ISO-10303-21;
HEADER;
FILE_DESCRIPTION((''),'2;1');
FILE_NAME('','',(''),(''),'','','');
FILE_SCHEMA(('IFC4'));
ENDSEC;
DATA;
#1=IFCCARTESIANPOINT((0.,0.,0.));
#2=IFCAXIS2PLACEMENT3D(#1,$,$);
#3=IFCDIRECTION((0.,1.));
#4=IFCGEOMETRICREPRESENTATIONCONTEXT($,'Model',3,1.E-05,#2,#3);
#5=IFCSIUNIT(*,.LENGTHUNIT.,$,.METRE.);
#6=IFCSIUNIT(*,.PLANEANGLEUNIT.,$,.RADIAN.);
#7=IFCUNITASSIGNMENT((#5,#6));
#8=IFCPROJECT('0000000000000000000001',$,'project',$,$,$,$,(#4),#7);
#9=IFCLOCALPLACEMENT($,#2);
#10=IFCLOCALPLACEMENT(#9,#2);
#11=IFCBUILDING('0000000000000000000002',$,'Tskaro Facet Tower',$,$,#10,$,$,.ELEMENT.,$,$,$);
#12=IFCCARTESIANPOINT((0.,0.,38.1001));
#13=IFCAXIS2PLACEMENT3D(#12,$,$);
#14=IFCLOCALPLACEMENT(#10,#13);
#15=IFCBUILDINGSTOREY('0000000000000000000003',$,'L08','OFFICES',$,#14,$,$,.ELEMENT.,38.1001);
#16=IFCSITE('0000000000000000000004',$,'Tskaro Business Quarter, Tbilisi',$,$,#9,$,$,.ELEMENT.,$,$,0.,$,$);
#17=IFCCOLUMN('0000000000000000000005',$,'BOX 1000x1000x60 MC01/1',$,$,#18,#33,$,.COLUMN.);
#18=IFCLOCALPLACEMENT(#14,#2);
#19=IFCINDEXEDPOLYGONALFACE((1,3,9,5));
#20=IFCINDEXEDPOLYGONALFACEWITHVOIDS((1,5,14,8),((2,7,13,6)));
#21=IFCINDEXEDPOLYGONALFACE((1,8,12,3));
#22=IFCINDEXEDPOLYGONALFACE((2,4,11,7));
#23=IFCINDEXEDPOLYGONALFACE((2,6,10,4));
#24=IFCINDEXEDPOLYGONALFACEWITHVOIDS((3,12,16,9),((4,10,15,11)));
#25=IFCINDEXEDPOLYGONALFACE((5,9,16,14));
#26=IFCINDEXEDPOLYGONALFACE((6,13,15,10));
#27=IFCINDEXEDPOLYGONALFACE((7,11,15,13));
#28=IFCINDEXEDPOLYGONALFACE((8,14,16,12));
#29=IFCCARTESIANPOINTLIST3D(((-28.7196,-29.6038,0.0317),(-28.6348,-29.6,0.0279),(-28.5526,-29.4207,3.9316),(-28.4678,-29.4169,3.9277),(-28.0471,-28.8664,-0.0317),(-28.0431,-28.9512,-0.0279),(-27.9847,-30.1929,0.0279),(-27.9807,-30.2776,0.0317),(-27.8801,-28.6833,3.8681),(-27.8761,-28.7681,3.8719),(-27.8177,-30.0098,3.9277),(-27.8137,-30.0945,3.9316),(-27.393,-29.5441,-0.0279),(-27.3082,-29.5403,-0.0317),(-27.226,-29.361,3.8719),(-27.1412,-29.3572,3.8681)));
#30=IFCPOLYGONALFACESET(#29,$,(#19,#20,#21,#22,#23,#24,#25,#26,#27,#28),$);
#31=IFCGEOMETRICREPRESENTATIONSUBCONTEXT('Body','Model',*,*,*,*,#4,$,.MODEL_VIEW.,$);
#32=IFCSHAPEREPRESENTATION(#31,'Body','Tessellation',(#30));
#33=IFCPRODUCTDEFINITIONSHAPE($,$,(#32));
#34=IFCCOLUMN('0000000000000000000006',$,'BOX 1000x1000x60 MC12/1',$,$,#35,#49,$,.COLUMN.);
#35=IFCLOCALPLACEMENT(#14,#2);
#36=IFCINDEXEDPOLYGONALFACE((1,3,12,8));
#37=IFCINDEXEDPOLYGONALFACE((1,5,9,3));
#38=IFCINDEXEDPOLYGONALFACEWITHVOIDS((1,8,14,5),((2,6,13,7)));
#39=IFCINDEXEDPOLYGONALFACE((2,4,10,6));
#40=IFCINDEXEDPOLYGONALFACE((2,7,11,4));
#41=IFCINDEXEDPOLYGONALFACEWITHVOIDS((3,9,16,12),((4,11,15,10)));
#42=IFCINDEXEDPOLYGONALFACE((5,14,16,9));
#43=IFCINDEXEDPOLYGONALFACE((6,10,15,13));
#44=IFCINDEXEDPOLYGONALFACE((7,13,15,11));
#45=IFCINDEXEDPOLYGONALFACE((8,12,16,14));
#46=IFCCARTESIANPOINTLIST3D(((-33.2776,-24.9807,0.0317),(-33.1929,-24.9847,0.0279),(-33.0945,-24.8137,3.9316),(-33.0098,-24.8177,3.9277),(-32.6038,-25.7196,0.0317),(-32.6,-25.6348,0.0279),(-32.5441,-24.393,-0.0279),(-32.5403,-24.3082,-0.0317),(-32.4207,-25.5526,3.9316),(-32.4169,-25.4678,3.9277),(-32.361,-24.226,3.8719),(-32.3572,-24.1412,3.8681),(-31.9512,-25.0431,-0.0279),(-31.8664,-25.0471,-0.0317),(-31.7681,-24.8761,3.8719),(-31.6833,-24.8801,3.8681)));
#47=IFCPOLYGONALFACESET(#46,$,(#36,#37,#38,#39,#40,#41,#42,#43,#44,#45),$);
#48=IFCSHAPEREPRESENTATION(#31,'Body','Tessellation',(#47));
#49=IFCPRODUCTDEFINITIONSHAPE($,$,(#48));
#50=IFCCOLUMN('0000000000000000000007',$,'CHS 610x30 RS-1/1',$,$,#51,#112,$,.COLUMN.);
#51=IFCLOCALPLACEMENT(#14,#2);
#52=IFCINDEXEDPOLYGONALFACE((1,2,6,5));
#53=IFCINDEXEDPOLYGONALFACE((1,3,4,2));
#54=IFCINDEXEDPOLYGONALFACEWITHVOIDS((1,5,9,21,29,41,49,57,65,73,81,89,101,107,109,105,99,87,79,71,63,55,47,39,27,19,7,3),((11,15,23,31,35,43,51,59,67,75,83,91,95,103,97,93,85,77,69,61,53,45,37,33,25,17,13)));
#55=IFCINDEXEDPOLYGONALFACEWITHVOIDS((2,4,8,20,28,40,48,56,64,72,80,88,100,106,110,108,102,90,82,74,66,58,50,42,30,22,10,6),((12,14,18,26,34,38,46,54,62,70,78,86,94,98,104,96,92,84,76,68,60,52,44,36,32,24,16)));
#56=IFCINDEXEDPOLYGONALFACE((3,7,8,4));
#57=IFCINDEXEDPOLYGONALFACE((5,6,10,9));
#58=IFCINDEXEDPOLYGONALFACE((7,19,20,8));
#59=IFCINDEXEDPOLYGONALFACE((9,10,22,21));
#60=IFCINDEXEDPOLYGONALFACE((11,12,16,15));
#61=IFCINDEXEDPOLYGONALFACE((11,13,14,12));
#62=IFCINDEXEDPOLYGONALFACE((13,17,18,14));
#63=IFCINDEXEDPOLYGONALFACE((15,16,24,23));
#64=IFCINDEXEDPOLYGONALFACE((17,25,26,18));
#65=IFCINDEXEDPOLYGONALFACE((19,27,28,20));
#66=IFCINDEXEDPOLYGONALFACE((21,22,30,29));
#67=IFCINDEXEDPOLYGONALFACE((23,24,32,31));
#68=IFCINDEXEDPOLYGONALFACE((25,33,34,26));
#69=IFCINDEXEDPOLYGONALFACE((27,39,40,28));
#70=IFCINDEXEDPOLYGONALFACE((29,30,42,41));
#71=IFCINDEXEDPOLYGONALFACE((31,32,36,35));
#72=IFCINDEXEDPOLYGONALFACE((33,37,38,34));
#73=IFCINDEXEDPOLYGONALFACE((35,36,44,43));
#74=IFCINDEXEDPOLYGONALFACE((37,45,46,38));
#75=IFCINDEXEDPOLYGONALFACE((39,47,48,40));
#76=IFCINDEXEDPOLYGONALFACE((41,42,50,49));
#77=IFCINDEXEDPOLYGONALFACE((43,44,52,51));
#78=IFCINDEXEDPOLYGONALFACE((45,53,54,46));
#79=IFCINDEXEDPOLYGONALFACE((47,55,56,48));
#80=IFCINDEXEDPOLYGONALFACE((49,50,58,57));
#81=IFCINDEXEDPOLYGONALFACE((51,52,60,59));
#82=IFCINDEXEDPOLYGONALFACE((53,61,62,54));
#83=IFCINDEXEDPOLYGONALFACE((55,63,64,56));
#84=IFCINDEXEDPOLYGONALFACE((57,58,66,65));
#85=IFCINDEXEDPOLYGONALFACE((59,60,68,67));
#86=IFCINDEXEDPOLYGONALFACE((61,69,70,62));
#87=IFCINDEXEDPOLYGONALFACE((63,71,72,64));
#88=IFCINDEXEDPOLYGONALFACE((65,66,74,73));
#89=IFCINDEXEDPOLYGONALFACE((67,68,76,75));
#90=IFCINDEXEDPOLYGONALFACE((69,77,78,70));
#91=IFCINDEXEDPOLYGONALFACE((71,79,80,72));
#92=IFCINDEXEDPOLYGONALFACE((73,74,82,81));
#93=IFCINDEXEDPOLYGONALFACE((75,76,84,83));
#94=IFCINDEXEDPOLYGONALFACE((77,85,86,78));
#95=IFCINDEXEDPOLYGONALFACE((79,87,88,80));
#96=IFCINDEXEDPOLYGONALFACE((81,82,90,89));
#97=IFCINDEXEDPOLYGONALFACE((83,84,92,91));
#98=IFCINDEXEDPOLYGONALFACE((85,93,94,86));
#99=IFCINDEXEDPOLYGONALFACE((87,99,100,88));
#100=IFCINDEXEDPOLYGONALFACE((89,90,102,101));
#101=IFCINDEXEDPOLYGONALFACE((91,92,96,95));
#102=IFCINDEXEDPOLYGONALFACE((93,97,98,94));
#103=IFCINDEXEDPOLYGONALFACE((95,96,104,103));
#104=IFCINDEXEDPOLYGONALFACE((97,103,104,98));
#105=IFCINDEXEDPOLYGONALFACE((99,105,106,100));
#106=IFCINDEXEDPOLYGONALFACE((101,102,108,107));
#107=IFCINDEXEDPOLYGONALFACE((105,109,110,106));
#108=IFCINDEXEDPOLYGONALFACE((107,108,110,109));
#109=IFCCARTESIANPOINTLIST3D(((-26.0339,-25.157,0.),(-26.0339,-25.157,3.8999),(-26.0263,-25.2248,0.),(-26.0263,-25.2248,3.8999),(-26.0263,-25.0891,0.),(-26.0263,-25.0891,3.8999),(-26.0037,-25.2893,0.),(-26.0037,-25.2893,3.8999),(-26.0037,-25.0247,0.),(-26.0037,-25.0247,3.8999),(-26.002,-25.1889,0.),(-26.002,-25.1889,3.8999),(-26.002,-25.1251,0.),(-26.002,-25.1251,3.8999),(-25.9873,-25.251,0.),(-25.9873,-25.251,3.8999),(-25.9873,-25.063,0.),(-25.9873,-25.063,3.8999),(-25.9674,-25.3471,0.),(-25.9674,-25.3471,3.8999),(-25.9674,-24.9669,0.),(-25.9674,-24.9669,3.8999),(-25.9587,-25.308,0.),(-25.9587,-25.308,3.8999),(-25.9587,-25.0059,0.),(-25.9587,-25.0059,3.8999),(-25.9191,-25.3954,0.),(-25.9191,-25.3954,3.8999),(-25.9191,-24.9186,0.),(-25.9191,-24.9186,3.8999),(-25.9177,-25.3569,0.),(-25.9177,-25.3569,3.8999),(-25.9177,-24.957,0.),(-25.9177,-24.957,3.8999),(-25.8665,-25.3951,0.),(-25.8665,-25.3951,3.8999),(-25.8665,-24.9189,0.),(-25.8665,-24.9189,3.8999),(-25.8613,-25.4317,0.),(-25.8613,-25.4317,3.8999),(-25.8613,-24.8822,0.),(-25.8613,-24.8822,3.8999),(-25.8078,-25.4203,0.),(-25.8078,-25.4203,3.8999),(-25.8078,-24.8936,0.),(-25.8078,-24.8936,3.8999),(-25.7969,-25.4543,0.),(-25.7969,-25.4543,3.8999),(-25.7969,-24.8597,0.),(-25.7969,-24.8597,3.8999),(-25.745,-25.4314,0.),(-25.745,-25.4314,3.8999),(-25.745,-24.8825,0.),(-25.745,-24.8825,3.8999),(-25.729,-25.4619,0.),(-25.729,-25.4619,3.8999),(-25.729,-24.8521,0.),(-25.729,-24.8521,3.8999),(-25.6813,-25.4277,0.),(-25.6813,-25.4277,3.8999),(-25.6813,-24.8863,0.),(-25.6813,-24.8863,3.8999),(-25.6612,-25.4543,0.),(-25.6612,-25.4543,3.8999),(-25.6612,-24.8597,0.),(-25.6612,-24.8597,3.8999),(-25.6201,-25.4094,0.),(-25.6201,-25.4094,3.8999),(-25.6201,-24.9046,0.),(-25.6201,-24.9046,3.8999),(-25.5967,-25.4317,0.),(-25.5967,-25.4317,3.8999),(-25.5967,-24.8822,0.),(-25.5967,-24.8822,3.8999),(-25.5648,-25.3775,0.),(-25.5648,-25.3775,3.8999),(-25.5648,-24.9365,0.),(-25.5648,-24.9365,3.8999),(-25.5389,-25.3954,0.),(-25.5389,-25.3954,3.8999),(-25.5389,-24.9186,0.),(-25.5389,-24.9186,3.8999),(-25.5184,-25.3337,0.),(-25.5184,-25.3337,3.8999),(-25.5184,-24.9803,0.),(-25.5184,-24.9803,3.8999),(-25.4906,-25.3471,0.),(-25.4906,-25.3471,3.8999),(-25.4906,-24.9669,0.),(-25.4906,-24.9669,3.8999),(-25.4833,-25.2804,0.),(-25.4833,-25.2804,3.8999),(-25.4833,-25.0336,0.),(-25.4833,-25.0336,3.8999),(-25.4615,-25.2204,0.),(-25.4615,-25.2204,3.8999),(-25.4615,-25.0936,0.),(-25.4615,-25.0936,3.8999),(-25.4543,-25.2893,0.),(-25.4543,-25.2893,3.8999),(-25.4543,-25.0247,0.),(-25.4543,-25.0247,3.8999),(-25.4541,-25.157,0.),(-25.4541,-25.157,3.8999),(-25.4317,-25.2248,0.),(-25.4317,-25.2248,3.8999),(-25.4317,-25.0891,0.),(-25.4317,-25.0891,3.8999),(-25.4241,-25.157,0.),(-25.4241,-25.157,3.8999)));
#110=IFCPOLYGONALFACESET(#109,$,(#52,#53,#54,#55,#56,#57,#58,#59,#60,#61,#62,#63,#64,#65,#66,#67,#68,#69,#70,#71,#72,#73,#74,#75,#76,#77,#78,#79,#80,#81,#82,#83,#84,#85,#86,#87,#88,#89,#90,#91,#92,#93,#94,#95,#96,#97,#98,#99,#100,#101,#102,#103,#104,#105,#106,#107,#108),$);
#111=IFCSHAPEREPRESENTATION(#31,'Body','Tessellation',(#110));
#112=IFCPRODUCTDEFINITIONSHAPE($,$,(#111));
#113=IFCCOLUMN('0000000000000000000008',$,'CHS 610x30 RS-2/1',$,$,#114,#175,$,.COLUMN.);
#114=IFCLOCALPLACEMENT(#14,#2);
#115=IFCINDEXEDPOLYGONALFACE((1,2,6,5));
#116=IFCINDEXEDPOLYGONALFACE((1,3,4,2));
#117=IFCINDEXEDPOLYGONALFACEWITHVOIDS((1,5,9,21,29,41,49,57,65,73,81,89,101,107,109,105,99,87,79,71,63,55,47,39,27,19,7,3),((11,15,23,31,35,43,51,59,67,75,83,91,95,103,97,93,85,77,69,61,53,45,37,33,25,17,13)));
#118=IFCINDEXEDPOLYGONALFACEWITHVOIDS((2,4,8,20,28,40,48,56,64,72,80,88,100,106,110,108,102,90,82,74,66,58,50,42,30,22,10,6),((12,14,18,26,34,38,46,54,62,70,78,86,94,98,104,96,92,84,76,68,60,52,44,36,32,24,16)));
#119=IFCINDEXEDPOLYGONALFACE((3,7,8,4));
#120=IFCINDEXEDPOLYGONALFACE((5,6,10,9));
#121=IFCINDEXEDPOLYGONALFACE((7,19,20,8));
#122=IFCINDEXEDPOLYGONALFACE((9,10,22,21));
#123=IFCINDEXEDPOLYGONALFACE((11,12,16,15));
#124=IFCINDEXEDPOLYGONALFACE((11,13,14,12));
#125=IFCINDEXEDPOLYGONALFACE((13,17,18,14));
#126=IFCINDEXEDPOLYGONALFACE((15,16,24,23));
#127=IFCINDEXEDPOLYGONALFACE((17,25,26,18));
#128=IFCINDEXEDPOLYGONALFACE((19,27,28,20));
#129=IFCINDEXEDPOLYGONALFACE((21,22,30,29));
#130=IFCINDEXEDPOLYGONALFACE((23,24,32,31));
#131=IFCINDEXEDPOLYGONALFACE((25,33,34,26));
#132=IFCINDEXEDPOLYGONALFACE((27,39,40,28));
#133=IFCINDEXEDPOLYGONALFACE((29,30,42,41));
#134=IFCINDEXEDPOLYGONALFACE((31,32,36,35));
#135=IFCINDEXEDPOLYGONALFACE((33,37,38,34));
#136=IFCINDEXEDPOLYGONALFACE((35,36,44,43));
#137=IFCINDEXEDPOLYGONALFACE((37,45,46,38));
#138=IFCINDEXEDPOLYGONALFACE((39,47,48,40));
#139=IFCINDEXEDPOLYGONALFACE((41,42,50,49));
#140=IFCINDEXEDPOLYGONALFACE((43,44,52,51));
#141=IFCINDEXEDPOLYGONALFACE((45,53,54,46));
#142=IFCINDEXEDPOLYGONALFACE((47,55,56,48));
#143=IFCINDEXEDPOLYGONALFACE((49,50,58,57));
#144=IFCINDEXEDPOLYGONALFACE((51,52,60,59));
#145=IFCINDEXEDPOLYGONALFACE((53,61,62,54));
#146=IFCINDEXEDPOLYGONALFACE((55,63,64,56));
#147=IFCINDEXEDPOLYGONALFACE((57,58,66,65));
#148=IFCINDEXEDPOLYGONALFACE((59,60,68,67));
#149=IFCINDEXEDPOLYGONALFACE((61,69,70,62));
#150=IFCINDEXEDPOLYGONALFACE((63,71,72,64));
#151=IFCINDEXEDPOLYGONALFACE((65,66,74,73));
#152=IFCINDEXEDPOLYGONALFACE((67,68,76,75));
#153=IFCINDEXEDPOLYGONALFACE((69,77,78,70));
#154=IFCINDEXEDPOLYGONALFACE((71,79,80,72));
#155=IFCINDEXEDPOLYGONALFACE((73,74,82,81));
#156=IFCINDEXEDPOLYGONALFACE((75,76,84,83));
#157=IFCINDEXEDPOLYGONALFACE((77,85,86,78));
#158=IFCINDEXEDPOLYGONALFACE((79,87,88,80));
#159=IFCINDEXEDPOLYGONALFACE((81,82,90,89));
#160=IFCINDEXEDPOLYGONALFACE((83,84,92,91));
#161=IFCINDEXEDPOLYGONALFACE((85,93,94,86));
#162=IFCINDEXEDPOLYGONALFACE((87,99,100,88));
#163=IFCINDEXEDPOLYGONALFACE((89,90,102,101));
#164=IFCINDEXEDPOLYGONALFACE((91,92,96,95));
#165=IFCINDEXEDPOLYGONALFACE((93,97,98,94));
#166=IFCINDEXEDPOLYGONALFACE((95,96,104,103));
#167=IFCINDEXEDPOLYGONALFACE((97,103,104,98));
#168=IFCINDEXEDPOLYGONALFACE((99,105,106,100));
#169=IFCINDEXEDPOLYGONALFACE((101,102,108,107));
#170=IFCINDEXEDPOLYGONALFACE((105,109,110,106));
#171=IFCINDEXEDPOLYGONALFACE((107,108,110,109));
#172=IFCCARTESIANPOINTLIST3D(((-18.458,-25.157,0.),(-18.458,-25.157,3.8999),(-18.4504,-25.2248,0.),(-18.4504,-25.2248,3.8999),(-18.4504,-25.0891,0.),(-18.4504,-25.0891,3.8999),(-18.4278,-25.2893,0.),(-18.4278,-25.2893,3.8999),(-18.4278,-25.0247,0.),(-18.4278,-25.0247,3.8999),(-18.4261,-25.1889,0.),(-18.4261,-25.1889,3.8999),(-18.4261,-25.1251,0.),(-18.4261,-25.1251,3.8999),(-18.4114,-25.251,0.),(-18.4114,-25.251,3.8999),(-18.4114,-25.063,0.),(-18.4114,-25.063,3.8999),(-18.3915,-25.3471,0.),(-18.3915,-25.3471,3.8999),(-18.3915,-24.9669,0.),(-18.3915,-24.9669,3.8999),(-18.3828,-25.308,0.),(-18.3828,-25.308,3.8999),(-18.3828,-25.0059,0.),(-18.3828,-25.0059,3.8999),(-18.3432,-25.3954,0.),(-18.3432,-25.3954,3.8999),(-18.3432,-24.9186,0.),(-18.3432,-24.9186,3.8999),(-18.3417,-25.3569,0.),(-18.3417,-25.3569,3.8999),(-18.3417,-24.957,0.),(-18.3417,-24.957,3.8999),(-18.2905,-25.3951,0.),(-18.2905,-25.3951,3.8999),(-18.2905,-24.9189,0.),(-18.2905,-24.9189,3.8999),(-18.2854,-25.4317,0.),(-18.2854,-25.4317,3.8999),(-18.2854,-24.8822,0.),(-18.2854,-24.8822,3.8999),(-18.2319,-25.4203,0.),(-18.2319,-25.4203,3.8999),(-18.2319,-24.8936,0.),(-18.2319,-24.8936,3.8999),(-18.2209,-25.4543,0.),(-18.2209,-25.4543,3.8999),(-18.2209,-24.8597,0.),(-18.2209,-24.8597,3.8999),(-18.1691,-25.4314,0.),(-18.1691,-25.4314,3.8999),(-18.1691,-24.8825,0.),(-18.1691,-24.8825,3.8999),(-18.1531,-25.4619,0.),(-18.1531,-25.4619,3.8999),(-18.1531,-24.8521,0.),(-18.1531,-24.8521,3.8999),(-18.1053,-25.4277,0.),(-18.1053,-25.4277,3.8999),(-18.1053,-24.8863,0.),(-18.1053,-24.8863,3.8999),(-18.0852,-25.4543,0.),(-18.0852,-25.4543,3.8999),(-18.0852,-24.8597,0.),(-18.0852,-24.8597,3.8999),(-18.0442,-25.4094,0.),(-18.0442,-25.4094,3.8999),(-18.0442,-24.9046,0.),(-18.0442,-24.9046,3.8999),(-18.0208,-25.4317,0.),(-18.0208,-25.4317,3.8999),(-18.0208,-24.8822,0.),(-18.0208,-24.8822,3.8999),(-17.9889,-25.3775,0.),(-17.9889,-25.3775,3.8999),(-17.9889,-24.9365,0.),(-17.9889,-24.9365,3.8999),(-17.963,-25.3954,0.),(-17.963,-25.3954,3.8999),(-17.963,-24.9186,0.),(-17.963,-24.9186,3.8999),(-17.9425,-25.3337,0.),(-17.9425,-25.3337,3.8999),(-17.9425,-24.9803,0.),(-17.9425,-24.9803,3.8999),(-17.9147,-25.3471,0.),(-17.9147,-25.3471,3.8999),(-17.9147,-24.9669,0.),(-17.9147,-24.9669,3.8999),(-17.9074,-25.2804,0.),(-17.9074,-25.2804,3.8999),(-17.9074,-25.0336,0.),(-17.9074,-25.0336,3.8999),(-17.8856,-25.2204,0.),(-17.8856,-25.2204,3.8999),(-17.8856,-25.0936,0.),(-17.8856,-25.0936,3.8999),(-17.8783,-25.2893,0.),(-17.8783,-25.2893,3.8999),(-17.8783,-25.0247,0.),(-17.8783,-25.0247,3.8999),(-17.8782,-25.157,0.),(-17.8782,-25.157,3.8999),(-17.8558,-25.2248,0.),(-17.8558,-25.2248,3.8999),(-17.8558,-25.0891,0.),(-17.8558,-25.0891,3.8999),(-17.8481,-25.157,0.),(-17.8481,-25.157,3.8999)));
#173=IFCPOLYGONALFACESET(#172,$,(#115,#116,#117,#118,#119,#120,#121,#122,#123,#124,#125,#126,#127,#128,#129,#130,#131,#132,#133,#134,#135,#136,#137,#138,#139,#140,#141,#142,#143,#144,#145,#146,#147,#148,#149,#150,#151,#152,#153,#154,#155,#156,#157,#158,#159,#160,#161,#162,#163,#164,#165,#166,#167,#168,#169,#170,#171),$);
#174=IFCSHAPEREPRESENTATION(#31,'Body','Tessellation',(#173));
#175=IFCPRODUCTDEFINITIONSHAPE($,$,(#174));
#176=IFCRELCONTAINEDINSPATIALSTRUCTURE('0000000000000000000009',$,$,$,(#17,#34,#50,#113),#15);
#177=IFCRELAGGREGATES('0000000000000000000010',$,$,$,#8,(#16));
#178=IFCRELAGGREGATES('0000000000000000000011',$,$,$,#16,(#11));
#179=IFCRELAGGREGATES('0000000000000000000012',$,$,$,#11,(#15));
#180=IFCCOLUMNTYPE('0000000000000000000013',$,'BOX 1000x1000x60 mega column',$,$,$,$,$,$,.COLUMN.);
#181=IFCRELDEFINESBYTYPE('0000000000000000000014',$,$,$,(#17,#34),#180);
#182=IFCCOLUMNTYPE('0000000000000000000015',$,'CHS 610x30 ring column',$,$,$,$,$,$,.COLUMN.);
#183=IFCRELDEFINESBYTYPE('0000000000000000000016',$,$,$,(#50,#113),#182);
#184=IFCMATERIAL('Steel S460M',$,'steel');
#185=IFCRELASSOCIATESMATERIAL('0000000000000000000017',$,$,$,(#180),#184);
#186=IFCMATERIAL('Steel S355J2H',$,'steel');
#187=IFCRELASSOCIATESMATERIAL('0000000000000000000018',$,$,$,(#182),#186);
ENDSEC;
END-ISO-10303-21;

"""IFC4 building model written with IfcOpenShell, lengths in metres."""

from ifc_helpers import new_model, si_unit, direction, frame, origin, origin_2d, place, context, subcontext, project, spatial, hollow_rectangle, hollow_circle, extrude, material, material_profile, profile_set, type_object, element, save


model = new_model("IFC4")

# Units and contexts
model_context = context("Model", 3, precision=1e-05, world=origin(), true_north=direction((0.0, 1.0)))
body_context = subcontext(model_context, "Body", "Model", "MODEL_VIEW")
ifc_project = project(units=[si_unit("LENGTHUNIT", "METRE"), si_unit("PLANEANGLEUNIT", "RADIAN")], contexts=[model_context])

# Site, building, storey
site_placement = place(None, origin())
site = spatial("IfcSite", under=ifc_project, at=site_placement, Name="Tskaro Business Quarter, Tbilisi", CompositionType="ELEMENT", RefElevation=0.0)
building_placement = place(site_placement, origin())
building = spatial("IfcBuilding", under=site, at=building_placement, Name="Tskaro Facet Tower", CompositionType="ELEMENT")
storey_placement = place(building_placement, frame((0.0, 0.0, 38.1001)))
storey = spatial("IfcBuildingStorey", under=building, at=storey_placement, Name="L08", Description="OFFICES", CompositionType="ELEMENT", Elevation=38.1001)

# Columns
ifc_material_1 = material(Name="Steel S460M", Category="steel")
ifc_material_profile_1 = material_profile(ifc_material_1, hollow_rectangle(XDim=1.0, YDim=1.0, WallThickness=0.0601, at=origin_2d()), Name="BOX 1000x1000x60")
ifc_profile_set_1 = profile_set([ifc_material_profile_1], Name="Steel S460M")
column_type_1 = type_object("IfcColumnType", Name="BOX 1000x1000x60 mega column", PredefinedType="COLUMN", material=ifc_profile_set_1)
for number, where, z_axis, x_axis, name in (
    (1, (-28.0139, -29.572, 0.0), (0.042733, 0.046857, 0.997987), (-0.738869, 0.673849, 0.0), "BOX 1000x1000x60 MC01/1"),
    (2, (-32.572, -25.0139, 0.0), (0.046857, 0.042733, 0.997987), (-0.673849, 0.738869, 0.0), "BOX 1000x1000x60 MC12/1"),
):
    element("IfcColumn", number, at=place(storey_placement, frame(where, z_axis=z_axis, x_axis=x_axis)), inside=storey, type_object=column_type_1, Name=name, PredefinedType="COLUMN", context=body_context, shape_type="SweptSolid", body=[
        extrude(hollow_rectangle(XDim=1.0, YDim=1.0, WallThickness=0.0601, at=origin_2d()), origin(), (0.0, 0.0, 1.0), 3.9077),
    ])
ifc_material_2 = material(Name="Steel S355J2H", Category="steel")
ifc_material_profile_2 = material_profile(ifc_material_2, hollow_circle(Radius=0.3049, WallThickness=0.03, at=origin_2d()), Name="CHS 610x30")
ifc_profile_set_2 = profile_set([ifc_material_profile_2], Name="Steel S355J2H")
column_type_2 = type_object("IfcColumnType", Name="CHS 610x30 ring column", PredefinedType="COLUMN", material=ifc_profile_set_2)
for number, where, z_axis, x_axis, name in (
    (3, (-25.729, -25.157, 0.0), (0.0, 0.0, 1.0), (1.0, 0.0, 0.0), "CHS 610x30 RS-1/1"),
    (4, (-18.1531, -25.157, 0.0), (0.0, 0.0, 1.0), (1.0, 0.0, 0.0), "CHS 610x30 RS-2/1"),
):
    element("IfcColumn", number, at=place(storey_placement, frame(where, z_axis=z_axis, x_axis=x_axis)), inside=storey, type_object=column_type_2, Name=name, PredefinedType="COLUMN", context=body_context, shape_type="SweptSolid", body=[
        extrude(hollow_circle(Radius=0.3049, WallThickness=0.03, at=origin_2d()), origin(), (0.0, 0.0, 1.0), 3.8999),
    ])

save(model, "model.ifc")
